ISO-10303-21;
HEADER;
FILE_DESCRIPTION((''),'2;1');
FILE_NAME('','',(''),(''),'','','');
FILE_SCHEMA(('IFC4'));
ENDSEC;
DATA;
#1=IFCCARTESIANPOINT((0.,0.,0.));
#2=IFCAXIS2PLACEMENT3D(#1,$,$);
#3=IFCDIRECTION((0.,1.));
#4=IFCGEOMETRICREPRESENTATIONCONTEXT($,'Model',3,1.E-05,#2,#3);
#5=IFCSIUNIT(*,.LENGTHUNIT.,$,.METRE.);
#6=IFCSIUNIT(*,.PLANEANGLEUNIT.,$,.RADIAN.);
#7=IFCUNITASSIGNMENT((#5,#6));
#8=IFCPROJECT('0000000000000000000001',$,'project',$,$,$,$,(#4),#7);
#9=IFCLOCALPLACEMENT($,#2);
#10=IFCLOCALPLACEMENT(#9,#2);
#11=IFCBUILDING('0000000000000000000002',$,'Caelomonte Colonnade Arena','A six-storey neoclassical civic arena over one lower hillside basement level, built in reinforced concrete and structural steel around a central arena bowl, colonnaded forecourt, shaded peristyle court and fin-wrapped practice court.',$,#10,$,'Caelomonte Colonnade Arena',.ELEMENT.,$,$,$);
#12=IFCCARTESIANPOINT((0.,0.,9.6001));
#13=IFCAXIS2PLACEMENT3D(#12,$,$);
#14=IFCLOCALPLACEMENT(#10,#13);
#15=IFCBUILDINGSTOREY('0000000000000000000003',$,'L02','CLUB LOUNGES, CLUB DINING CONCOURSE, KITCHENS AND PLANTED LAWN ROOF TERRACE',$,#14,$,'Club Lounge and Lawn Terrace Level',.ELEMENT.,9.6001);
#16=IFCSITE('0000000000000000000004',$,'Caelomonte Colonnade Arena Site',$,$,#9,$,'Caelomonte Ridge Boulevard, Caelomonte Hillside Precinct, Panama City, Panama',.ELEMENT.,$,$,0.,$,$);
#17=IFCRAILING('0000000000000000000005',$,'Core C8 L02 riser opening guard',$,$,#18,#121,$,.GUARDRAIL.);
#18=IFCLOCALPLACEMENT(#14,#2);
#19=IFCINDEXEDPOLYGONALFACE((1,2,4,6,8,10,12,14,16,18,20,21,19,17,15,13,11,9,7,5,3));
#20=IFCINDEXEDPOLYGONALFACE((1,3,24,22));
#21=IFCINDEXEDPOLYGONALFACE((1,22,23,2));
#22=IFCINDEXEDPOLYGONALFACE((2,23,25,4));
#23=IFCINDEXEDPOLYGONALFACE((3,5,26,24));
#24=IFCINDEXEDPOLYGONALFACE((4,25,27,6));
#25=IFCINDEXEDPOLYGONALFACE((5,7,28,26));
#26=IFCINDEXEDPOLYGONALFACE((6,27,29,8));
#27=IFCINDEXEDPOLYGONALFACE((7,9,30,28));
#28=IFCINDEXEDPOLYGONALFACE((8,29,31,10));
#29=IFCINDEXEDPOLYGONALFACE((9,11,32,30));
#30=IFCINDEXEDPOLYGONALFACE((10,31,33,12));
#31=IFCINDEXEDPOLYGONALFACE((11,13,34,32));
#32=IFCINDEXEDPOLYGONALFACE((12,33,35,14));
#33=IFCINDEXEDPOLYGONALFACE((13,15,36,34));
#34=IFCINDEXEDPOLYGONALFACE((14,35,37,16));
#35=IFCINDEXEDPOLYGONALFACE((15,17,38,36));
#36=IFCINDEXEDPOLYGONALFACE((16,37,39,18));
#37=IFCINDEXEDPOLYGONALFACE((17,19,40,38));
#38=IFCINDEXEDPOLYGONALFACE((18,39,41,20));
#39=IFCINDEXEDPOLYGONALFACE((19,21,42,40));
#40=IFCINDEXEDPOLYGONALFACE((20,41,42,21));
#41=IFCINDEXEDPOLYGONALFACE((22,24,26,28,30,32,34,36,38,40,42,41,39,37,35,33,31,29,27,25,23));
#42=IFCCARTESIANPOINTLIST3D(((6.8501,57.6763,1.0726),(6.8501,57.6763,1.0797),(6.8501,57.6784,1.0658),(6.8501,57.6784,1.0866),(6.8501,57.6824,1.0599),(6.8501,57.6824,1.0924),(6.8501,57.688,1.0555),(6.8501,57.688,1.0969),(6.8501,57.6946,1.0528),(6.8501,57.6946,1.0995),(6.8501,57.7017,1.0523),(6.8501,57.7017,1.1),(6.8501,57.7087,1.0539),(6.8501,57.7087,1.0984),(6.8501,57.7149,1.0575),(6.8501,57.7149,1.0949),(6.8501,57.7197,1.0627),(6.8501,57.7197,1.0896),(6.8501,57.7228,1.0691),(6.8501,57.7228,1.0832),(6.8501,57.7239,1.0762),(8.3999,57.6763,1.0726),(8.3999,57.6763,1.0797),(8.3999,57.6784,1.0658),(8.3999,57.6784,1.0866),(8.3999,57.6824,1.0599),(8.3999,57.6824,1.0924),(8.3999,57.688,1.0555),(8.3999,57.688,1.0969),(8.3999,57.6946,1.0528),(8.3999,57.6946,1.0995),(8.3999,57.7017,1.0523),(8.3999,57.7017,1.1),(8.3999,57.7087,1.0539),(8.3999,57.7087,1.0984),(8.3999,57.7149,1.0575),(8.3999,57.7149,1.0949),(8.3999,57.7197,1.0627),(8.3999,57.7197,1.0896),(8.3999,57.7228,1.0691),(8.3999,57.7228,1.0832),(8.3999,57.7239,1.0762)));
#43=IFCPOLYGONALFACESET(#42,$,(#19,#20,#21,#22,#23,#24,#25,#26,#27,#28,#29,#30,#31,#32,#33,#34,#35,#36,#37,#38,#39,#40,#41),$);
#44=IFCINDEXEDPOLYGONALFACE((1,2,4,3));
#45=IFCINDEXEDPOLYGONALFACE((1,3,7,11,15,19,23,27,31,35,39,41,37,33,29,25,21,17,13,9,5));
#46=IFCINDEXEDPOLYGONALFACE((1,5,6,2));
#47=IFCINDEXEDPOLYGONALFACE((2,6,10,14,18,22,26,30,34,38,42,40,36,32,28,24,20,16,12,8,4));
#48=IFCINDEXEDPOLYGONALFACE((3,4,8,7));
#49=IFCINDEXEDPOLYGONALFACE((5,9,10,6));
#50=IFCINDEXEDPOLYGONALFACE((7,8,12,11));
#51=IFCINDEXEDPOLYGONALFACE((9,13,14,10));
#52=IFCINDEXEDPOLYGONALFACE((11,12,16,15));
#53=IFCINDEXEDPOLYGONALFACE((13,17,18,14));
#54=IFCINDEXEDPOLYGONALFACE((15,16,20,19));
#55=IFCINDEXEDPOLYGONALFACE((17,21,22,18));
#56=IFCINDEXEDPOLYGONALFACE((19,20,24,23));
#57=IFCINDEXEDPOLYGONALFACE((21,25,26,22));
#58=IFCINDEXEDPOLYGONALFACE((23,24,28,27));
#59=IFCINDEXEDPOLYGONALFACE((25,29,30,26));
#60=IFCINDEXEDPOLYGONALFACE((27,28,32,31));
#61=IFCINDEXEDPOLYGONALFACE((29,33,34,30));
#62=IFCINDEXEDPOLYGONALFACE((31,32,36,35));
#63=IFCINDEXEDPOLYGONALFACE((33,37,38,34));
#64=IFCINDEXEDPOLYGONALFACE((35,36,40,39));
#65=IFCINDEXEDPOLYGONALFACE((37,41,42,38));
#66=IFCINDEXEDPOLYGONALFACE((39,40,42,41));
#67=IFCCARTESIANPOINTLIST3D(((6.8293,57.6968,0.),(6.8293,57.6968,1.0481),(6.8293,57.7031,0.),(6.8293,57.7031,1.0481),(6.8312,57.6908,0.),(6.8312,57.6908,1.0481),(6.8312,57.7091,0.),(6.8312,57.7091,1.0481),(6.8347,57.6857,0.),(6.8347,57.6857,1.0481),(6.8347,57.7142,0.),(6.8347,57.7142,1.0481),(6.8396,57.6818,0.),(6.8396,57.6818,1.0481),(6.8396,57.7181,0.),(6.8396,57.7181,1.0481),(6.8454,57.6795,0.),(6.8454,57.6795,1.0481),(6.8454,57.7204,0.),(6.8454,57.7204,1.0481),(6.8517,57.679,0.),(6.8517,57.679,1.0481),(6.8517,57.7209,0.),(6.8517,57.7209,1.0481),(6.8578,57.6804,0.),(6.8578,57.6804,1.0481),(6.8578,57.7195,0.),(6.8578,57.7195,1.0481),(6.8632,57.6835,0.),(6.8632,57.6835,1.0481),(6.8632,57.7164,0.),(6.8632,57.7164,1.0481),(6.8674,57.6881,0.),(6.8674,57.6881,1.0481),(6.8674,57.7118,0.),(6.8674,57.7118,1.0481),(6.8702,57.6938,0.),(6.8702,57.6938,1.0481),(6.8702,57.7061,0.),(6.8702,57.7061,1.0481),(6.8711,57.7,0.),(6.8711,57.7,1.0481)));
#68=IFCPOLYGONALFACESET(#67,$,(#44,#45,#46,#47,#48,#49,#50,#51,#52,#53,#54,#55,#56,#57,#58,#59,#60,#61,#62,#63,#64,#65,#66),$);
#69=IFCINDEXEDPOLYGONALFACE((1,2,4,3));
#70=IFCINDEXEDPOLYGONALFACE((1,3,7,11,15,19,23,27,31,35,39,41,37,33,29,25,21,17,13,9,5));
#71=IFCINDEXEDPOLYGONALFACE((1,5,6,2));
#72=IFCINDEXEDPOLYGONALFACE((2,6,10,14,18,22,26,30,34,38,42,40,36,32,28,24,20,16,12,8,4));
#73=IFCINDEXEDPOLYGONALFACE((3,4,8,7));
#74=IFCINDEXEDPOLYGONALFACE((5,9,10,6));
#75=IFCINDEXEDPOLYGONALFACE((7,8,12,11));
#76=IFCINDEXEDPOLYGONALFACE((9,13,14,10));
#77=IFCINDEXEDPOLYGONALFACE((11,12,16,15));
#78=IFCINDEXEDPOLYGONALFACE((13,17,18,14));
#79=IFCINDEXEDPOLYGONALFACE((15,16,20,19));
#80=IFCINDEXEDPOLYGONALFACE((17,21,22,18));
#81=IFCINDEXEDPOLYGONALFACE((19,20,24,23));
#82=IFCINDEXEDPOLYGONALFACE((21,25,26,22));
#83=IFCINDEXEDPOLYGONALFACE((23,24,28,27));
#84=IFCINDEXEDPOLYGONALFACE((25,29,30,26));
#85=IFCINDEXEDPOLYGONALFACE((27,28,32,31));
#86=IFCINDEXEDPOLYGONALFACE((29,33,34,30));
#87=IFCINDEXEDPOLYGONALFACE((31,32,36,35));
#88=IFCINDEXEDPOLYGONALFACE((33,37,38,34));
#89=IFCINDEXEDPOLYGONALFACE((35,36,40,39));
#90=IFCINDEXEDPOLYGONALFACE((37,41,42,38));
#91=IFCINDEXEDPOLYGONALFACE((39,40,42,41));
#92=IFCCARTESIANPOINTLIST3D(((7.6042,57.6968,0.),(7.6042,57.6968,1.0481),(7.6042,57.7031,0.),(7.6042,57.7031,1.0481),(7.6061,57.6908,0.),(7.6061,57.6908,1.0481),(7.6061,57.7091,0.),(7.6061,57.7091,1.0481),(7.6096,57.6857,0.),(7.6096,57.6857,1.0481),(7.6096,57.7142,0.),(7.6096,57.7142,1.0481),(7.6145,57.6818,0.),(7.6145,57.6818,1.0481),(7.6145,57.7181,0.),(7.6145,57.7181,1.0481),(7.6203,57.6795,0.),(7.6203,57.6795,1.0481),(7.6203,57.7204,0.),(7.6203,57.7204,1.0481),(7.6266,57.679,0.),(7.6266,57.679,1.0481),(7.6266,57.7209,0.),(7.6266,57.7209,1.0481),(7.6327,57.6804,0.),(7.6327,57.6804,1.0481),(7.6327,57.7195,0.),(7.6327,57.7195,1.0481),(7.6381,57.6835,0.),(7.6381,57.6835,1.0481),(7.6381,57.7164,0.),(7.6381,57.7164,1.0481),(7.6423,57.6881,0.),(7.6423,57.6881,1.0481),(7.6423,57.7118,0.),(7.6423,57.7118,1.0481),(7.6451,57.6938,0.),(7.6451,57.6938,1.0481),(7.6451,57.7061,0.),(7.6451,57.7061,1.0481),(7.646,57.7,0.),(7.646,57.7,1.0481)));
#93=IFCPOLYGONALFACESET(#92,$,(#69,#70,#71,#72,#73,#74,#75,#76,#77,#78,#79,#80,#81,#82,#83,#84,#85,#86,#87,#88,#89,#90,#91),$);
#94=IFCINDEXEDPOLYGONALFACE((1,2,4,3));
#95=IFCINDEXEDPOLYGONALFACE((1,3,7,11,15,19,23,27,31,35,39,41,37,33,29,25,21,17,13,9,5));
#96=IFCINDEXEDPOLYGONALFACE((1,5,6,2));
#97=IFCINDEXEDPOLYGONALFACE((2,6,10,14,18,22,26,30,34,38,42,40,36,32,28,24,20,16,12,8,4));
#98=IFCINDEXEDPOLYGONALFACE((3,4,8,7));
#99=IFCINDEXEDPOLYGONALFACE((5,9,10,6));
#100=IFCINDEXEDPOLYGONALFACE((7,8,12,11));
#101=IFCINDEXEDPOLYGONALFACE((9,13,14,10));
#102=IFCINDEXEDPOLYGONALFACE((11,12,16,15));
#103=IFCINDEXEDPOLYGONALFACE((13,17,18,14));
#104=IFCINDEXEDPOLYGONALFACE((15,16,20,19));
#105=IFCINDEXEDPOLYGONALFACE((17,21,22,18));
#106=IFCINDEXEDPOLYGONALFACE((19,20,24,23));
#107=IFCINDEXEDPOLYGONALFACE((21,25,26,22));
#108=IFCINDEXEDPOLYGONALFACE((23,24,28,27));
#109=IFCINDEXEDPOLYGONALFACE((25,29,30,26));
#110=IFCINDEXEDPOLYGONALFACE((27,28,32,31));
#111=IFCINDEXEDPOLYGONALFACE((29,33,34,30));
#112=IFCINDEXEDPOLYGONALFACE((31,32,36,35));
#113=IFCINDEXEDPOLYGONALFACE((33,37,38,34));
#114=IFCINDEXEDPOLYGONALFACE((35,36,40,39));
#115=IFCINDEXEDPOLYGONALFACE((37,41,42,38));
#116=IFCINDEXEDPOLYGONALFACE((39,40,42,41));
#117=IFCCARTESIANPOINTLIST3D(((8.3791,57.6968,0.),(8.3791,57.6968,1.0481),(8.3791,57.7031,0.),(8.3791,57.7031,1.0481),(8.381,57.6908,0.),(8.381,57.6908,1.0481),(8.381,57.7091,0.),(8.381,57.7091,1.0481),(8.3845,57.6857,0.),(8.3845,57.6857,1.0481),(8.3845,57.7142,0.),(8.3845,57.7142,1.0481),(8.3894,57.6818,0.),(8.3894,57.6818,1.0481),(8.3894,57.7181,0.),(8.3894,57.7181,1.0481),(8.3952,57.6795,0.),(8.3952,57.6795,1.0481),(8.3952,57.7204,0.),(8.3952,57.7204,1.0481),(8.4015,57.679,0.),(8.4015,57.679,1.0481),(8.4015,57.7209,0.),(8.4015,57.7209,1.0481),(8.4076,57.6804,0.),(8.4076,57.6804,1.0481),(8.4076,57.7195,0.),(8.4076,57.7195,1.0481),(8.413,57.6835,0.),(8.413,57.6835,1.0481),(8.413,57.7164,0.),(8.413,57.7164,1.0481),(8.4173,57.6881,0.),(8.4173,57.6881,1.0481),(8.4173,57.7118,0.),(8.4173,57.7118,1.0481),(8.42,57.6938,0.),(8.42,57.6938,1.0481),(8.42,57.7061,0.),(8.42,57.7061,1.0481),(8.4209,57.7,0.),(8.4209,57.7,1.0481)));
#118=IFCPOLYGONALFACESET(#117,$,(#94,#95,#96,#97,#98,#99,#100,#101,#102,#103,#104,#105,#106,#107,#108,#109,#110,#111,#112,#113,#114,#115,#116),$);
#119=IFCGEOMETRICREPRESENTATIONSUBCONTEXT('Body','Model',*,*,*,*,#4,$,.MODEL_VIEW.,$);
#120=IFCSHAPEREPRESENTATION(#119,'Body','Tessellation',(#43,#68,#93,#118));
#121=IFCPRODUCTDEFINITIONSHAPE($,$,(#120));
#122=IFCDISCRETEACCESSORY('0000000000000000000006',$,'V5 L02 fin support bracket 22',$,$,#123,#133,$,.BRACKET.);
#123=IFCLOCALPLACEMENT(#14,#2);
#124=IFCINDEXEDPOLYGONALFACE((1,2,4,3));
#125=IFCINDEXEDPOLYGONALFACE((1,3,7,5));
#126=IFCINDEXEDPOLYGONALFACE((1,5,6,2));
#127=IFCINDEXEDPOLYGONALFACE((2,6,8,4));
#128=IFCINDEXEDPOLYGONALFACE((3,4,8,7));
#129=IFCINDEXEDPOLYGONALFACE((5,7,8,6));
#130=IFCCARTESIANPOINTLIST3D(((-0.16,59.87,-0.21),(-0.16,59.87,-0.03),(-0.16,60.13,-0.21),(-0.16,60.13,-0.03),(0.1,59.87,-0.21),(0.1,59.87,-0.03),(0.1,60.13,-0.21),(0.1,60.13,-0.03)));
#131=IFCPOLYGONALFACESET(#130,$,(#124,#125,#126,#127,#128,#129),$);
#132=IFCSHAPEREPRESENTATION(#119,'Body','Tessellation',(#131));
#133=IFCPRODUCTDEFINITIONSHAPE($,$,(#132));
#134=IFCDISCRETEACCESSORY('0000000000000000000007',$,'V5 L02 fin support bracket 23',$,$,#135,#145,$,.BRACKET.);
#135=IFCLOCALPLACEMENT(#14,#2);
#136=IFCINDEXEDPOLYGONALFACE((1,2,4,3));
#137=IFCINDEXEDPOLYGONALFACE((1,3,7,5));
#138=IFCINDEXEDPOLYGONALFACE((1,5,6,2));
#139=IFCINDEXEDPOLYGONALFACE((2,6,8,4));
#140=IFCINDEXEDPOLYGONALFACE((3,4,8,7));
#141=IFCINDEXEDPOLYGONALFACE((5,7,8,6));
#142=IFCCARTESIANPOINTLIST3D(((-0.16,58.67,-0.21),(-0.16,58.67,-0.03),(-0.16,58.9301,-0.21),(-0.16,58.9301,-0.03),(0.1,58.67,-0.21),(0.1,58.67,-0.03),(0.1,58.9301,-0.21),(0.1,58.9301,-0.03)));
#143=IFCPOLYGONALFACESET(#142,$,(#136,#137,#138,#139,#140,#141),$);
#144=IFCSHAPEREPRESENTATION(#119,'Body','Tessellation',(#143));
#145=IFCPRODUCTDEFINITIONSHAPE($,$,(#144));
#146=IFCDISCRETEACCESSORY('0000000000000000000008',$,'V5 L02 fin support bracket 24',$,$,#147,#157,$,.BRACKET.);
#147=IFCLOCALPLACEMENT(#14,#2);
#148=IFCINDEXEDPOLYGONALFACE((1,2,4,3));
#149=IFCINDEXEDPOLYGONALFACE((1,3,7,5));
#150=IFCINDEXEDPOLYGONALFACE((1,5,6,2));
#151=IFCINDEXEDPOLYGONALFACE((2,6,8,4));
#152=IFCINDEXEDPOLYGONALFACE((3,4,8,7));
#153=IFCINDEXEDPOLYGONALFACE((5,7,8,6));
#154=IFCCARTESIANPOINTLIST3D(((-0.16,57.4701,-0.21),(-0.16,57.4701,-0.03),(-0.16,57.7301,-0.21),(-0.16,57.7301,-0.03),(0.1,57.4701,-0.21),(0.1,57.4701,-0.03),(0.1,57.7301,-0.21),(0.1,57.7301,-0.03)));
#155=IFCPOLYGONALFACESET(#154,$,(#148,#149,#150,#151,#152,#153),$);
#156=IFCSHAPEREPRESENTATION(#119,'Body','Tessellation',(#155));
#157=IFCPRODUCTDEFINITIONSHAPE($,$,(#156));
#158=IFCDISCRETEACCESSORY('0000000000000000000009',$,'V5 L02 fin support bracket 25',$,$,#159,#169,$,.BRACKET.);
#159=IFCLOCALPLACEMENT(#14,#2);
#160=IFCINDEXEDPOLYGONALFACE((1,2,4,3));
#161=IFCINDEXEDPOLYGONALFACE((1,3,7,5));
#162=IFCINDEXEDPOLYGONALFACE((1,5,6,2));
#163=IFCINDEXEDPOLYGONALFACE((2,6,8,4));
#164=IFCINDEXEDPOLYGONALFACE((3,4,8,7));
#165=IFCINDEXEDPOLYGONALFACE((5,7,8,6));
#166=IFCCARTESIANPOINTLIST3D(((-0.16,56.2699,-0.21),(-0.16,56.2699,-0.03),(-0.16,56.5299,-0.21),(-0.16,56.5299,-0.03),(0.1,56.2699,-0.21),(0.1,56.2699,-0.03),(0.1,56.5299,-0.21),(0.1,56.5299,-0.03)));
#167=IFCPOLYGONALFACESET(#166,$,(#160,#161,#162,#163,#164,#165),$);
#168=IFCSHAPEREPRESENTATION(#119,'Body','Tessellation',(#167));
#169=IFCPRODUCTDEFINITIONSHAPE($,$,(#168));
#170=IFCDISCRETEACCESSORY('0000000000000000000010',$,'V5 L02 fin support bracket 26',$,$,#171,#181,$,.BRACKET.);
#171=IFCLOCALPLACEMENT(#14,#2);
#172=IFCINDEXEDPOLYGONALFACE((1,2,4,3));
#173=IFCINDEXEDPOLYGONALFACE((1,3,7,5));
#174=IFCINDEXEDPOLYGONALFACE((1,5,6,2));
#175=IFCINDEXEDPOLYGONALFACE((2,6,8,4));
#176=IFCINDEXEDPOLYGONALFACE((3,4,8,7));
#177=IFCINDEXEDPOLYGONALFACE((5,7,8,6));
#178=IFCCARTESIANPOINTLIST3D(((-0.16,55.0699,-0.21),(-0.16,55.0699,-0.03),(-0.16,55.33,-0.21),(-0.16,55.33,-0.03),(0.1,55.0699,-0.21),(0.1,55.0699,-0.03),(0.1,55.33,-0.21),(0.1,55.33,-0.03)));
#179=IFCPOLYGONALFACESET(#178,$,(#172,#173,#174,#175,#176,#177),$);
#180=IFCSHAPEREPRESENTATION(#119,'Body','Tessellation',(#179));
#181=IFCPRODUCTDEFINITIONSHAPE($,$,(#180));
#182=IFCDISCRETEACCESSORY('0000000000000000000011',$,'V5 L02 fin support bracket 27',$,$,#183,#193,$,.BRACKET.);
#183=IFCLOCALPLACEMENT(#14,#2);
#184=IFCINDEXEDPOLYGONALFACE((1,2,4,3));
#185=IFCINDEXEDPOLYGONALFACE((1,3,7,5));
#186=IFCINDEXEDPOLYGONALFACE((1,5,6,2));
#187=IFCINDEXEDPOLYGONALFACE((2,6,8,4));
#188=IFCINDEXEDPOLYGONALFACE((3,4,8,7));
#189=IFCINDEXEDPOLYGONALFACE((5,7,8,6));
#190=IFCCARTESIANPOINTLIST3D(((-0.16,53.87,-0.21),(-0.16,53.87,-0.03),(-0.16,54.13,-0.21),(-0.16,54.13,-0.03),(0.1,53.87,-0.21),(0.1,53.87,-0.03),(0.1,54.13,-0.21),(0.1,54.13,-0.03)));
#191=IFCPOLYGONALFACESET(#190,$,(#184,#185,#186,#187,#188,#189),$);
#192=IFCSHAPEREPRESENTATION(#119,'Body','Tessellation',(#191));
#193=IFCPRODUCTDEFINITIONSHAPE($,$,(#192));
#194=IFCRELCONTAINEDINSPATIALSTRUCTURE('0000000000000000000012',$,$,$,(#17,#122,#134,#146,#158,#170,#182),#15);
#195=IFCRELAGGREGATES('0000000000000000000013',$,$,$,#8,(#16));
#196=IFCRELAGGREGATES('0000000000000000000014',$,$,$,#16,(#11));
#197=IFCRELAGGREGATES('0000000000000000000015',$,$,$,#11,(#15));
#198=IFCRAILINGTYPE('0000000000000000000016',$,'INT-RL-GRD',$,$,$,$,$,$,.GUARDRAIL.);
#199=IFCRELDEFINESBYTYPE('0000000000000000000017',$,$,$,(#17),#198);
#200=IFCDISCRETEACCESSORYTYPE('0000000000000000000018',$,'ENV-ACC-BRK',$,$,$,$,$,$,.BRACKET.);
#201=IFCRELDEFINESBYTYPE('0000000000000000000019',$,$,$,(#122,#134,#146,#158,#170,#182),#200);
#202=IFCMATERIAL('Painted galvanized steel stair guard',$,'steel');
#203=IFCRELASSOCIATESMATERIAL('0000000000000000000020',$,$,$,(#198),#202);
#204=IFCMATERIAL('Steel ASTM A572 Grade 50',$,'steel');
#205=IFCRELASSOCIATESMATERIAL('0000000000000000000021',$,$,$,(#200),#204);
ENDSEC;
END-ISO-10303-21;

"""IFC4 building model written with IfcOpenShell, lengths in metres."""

from ifc_helpers import new_model, si_unit, direction, frame, origin, origin_2d, place, context, subcontext, project, spatial, rectangle, circle, extrude, material, type_object, element, save


model = new_model("IFC4")

# Units and contexts
model_context = context("Model", 3, precision=1e-05, world=origin(), true_north=direction((0.0, 1.0)))
body_context = subcontext(model_context, "Body", "Model", "MODEL_VIEW")
ifc_project = project(units=[si_unit("LENGTHUNIT", "METRE"), si_unit("PLANEANGLEUNIT", "RADIAN")], contexts=[model_context])

# Site, building, storey
site_placement = place(None, origin())
site = spatial("IfcSite", under=ifc_project, at=site_placement, Name="Caelomonte Colonnade Arena Site", LongName="Caelomonte Ridge Boulevard, Caelomonte Hillside Precinct, Panama City, Panama", CompositionType="ELEMENT", RefElevation=0.0)
building_placement = place(site_placement, origin())
building = spatial("IfcBuilding", under=site, at=building_placement, Name="Caelomonte Colonnade Arena", Description="A six-storey neoclassical civic arena over one lower hillside basement level, built in reinforced concrete and structural steel around a central arena bowl, colonnaded forecourt, shaded peristyle court and fin-wrapped practice court.", LongName="Caelomonte Colonnade Arena", CompositionType="ELEMENT")
storey_placement = place(building_placement, frame((0.0, 0.0, 9.6001)))
storey = spatial("IfcBuildingStorey", under=building, at=storey_placement, Name="L02", Description="CLUB LOUNGES, CLUB DINING CONCOURSE, KITCHENS AND PLANTED LAWN ROOF TERRACE", LongName="Club Lounge and Lawn Terrace Level", CompositionType="ELEMENT", Elevation=9.6001)

# Railing
ifc_material_1 = material(Name="Painted galvanized steel stair guard", Category="steel")
railing_type = type_object("IfcRailingType", Name="INT-RL-GRD", PredefinedType="GUARDRAIL", material=ifc_material_1)
railing_1_placement = place(storey_placement, frame((6.8501, 57.7, 0.0)))
element("IfcRailing", 1, at=railing_1_placement, inside=storey, type_object=railing_type, Name="Core C8 L02 riser opening guard", PredefinedType="GUARDRAIL", context=body_context, shape_type="SweptSolid", body=[
    extrude(circle(Radius=0.0239, at=origin_2d()), frame((0.0, 0.0, 1.0762), z_axis=(1.0, 0.0, 0.0), x_axis=(0.0, 1.0, 0.0)), (0.0, 0.0, 1.0), 1.5498),
    extrude(circle(Radius=0.021, at=origin_2d()), origin(), (0.0, 0.0, 1.0), 1.0481),
    extrude(circle(Radius=0.021, at=origin_2d()), frame((0.7749, 0.0, 0.0)), (0.0, 0.0, 1.0), 1.0481),
    extrude(circle(Radius=0.021, at=origin_2d()), frame((1.5498, 0.0, 0.0)), (0.0, 0.0, 1.0), 1.0481),
])

# Discrete accessories
ifc_material_2 = material(Name="Steel ASTM A572 Grade 50", Category="steel")
discrete_accessory_type = type_object("IfcDiscreteAccessoryType", Name="ENV-ACC-BRK", PredefinedType="BRACKET", material=ifc_material_2)
for number, where, z_axis, x_axis, name in (
    (2, (-0.03, 60.0, -0.21), (0.0, 0.0, 1.0), (0.0, -1.0, 0.0), "V5 L02 fin support bracket 22"),
    (3, (-0.03, 58.8, -0.21), (0.0, 0.0, 1.0), (0.0, -1.0, 0.0), "V5 L02 fin support bracket 23"),
    (4, (-0.03, 57.6001, -0.21), (0.0, 0.0, 1.0), (0.0, -1.0, 0.0), "V5 L02 fin support bracket 24"),
    (5, (-0.03, 56.3999, -0.21), (0.0, 0.0, 1.0), (0.0, -1.0, 0.0), "V5 L02 fin support bracket 25"),
    (6, (-0.03, 55.2, -0.21), (0.0, 0.0, 1.0), (0.0, -1.0, 0.0), "V5 L02 fin support bracket 26"),
    (7, (-0.03, 54.0, -0.21), (0.0, 0.0, 1.0), (0.0, -1.0, 0.0), "V5 L02 fin support bracket 27"),
):
    element("IfcDiscreteAccessory", number, at=place(storey_placement, frame(where, z_axis=z_axis, x_axis=x_axis)), inside=storey, type_object=discrete_accessory_type, Name=name, PredefinedType="BRACKET", context=body_context, shape_type="SweptSolid", body=[
        extrude(rectangle(XDim=0.26, YDim=0.26, at=origin_2d()), origin(), (0.0, 0.0, 1.0), 0.1799),
    ])

save(model, "model.ifc")
